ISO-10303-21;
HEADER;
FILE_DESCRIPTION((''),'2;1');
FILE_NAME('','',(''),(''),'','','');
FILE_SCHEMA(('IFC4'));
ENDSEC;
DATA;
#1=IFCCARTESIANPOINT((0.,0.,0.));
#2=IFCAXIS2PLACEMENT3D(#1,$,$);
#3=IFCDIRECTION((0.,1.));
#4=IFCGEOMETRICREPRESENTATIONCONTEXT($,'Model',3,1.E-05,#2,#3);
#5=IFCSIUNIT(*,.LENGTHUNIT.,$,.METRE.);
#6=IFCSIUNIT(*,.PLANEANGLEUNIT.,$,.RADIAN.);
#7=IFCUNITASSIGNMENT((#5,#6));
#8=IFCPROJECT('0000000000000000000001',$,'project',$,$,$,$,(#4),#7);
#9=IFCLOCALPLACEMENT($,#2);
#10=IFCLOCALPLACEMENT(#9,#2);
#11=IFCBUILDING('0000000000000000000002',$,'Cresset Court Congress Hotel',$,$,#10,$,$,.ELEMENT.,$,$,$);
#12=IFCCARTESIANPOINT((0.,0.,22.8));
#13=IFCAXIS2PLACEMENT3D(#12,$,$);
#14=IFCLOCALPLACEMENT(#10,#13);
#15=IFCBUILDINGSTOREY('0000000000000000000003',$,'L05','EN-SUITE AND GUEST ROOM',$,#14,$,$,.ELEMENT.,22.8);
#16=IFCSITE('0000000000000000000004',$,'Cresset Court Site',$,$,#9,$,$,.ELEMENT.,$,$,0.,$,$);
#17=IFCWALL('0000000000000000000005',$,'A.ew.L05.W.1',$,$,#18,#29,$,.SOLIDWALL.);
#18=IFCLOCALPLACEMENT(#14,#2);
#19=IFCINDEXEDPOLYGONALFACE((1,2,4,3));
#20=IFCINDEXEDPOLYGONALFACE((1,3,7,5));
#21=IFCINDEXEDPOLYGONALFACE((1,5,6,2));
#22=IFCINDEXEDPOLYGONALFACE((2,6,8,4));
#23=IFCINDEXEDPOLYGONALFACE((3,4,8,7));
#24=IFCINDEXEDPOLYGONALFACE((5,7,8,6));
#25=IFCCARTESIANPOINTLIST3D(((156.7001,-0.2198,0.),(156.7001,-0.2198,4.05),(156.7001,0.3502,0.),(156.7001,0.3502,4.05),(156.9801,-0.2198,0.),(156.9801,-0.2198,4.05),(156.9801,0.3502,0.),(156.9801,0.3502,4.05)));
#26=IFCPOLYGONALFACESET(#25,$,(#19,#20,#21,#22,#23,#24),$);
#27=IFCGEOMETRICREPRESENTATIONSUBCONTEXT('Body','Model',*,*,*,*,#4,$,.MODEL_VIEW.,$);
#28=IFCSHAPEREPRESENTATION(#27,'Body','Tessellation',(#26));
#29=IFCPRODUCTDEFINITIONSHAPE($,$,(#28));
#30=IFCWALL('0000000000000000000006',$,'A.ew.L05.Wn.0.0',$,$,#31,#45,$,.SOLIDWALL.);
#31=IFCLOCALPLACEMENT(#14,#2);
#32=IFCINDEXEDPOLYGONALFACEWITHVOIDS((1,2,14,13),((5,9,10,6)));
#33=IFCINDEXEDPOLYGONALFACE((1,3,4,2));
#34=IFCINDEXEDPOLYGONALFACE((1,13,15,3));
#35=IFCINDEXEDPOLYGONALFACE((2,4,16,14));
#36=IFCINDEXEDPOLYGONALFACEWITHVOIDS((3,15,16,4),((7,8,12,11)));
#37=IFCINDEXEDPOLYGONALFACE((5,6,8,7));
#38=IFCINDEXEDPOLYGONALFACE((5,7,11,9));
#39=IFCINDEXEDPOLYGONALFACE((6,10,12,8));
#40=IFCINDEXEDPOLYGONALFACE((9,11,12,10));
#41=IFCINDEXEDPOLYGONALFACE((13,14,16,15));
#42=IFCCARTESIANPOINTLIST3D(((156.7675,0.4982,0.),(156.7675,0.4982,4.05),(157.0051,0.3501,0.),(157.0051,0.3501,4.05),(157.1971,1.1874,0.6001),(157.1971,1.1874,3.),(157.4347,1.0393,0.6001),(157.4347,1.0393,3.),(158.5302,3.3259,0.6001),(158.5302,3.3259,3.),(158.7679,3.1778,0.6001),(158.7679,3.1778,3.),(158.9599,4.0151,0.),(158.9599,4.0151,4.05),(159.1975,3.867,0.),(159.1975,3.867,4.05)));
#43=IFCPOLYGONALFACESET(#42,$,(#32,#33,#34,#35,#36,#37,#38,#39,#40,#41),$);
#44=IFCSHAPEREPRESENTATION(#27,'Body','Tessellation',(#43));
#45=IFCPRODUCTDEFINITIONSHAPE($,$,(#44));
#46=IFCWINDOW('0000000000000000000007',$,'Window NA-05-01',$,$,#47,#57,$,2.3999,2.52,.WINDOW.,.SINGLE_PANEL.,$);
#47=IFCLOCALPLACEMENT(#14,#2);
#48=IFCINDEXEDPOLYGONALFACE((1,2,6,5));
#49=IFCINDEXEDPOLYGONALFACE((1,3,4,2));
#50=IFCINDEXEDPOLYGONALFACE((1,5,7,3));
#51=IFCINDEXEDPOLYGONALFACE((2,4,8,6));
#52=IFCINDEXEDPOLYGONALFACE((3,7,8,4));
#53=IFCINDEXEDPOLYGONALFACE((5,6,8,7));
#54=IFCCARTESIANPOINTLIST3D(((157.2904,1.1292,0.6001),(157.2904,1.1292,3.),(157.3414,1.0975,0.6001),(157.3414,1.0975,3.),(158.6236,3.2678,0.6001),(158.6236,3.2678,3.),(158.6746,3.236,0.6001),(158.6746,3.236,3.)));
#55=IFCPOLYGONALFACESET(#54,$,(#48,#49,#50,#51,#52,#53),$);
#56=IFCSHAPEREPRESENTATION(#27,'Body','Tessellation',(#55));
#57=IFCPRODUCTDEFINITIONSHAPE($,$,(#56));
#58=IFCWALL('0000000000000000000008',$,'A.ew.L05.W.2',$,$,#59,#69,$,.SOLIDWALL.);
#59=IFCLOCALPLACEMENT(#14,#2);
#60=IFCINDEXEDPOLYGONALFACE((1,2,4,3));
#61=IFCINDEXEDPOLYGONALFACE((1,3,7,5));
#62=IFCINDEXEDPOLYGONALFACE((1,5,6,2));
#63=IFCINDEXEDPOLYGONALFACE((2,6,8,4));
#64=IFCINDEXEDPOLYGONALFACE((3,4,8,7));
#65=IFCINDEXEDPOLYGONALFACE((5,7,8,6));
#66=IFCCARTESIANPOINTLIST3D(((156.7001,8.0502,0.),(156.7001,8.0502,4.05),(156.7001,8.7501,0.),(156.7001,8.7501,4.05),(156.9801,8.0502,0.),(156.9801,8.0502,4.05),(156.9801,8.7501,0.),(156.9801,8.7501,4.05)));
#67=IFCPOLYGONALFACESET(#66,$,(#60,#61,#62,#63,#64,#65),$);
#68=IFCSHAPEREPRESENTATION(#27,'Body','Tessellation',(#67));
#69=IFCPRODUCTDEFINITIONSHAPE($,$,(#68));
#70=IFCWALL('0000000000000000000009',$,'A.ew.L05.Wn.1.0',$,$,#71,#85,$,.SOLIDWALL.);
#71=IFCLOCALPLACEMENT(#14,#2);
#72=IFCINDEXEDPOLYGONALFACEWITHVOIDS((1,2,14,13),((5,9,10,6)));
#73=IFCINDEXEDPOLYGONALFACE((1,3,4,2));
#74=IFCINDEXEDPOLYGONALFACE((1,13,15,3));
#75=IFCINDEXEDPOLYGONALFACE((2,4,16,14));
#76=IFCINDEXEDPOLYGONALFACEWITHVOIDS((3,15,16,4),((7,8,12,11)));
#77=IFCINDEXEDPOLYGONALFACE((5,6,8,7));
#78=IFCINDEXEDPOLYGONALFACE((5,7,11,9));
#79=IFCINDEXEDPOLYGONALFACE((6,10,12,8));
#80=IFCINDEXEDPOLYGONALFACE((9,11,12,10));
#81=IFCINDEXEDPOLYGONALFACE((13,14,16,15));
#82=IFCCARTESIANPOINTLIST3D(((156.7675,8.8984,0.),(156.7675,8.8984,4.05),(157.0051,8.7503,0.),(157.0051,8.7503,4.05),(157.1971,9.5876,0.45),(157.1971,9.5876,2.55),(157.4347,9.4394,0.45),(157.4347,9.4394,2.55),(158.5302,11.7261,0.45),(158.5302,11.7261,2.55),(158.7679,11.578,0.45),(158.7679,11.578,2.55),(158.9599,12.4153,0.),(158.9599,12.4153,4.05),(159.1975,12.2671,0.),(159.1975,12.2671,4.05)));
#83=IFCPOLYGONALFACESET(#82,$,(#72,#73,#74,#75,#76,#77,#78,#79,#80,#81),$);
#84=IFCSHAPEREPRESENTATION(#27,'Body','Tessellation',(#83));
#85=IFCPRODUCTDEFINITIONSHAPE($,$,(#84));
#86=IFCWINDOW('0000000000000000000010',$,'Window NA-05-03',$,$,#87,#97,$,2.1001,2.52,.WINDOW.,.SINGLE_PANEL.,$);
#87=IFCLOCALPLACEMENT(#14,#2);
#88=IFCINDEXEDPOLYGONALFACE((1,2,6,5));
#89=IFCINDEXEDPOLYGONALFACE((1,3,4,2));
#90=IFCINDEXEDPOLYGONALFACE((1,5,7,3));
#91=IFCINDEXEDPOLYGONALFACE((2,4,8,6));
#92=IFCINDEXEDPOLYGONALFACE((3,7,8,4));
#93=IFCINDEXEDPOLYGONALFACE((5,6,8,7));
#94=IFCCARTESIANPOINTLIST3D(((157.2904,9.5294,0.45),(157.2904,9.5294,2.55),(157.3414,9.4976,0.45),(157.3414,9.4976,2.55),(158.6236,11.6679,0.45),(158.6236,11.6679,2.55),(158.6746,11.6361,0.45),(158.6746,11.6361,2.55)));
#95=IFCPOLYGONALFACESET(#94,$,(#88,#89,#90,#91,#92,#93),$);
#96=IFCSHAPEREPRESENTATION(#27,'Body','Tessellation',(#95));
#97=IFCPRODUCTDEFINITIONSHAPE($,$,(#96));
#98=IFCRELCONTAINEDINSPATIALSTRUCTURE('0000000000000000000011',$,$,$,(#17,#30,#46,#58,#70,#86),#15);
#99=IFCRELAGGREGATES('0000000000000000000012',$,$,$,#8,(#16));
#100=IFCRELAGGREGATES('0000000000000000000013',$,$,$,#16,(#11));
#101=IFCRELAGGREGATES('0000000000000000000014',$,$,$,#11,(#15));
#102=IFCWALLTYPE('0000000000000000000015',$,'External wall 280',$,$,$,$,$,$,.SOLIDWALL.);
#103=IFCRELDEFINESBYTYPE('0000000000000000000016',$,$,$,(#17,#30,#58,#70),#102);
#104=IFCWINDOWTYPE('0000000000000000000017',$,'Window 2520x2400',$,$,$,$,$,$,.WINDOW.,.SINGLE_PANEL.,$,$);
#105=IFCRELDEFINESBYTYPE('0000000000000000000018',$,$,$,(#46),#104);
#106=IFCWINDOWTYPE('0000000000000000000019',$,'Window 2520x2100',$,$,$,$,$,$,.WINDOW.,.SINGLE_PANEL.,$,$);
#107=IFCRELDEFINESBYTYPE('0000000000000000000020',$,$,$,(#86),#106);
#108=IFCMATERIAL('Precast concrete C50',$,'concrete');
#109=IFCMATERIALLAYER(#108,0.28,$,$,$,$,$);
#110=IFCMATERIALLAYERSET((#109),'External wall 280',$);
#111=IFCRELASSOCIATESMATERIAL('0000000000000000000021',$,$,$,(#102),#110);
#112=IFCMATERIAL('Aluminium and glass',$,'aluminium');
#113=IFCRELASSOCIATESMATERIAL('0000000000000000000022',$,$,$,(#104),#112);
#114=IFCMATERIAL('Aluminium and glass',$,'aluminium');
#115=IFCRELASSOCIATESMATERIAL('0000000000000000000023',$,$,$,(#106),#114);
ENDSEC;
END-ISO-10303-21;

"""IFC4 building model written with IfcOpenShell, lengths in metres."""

from ifc_helpers import new_model, si_unit, direction, frame, frame_2d, origin, place, context, subcontext, project, spatial, rectangle, extrude, material, layer, layer_set, type_object, element, fill, save


model = new_model("IFC4")

# Units and contexts
model_context = context("Model", 3, precision=1e-05, world=origin(), true_north=direction((0.0, 1.0)))
body_context = subcontext(model_context, "Body", "Model", "MODEL_VIEW")
ifc_project = project(units=[si_unit("LENGTHUNIT", "METRE"), si_unit("PLANEANGLEUNIT", "RADIAN")], contexts=[model_context])

# Site, building, storey
site_placement = place(None, origin())
site = spatial("IfcSite", under=ifc_project, at=site_placement, Name="Cresset Court Site", CompositionType="ELEMENT", RefElevation=0.0)
building_placement = place(site_placement, origin())
building = spatial("IfcBuilding", under=site, at=building_placement, Name="Cresset Court Congress Hotel", CompositionType="ELEMENT")
storey_placement = place(building_placement, frame((0.0, 0.0, 22.8)))
storey = spatial("IfcBuildingStorey", under=building, at=storey_placement, Name="L05", Description="EN-SUITE AND GUEST ROOM", CompositionType="ELEMENT", Elevation=22.8)

# Wall
ifc_material_1 = material(Name="Precast concrete C50", Category="concrete")
ifc_layer_1 = layer(ifc_material_1, 0.28)
ifc_layer_set_1 = layer_set([ifc_layer_1], Name="External wall 280")
wall_type_1 = type_object("IfcWallType", Name="External wall 280", PredefinedType="SOLIDWALL", material=ifc_layer_set_1)
wall_1_placement = place(storey_placement, frame((156.8401, -0.22, 0.0), z_axis=(0.0, 0.0, 1.0), x_axis=(0.0, 1.0, 0.0)))
element("IfcWall", 1, at=wall_1_placement, inside=storey, type_object=wall_type_1, Name="A.ew.L05.W.1", PredefinedType="SOLIDWALL", context=body_context, shape_type="SweptSolid", body=[
    extrude(rectangle(XDim=0.5701, YDim=0.28, at=frame_2d((0.2852, 0.0))), origin(), (0.0, 0.0, 1.0), 4.05),
])

# Wall, opening, window
wall_2_placement = place(storey_placement, frame((156.8862, 0.4241, 0.0), z_axis=(0.0, 0.0, 1.0), x_axis=(0.529019, 0.84861, 0.0)))
wall_2 = element("IfcWall", 2, at=wall_2_placement, inside=storey, type_object=wall_type_1, Name="A.ew.L05.Wn.0.0", PredefinedType="SOLIDWALL", context=body_context, shape_type="SweptSolid", body=[
    extrude(rectangle(XDim=4.1443, YDim=0.28, at=frame_2d((2.0723, 0.0))), origin(), (0.0, 0.0, 1.0), 4.05),
])
opening_1_placement = place(wall_2_placement, frame((0.8123, 0.0, 0.6001)))
opening_1 = element("IfcOpeningElement", 3, at=opening_1_placement, cuts=wall_2, PredefinedType="OPENING", context=body_context, shape_type="SweptSolid", body=[
    extrude(rectangle(XDim=2.52, YDim=2.3999, at=frame_2d((1.26, 1.2))), frame((0.0, 0.1499, 0.0), z_axis=(0.0, -1.0, 0.0), x_axis=(1.0, 0.0, 0.0)), (0.0, 0.0, 1.0), 0.3),
])
ifc_material_2 = material(Name="Aluminium and glass", Category="aluminium")
window_type_1 = type_object("IfcWindowType", Name="Window 2520x2400", PartitioningType="SINGLE_PANEL", PredefinedType="WINDOW", material=ifc_material_2)
window_1_placement = place(opening_1_placement, origin())
window_1 = element("IfcWindow", 4, at=window_1_placement, inside=storey, type_object=window_type_1, Name="Window NA-05-01", OverallHeight=2.3999, OverallWidth=2.52, PartitioningType="SINGLE_PANEL", PredefinedType="WINDOW", context=body_context, shape_type="SweptSolid", body=[
    extrude(rectangle(XDim=2.52, YDim=2.3999, at=frame_2d((1.26, 1.2))), frame((0.0, 0.03, 0.0), z_axis=(0.0, -1.0, 0.0), x_axis=(1.0, 0.0, 0.0)), (0.0, 0.0, 1.0), 0.0601),
])
fill(opening_1, window_1)

# Wall
wall_3_placement = place(storey_placement, frame((156.8401, 8.05, 0.0), z_axis=(0.0, 0.0, 1.0), x_axis=(0.0, 1.0, 0.0)))
element("IfcWall", 5, at=wall_3_placement, inside=storey, type_object=wall_type_1, Name="A.ew.L05.W.2", PredefinedType="SOLIDWALL", context=body_context, shape_type="SweptSolid", body=[
    extrude(rectangle(XDim=0.7, YDim=0.28, at=frame_2d((0.3501, 0.0))), origin(), (0.0, 0.0, 1.0), 4.05),
])

# Wall, opening, window
wall_4_placement = place(storey_placement, frame((156.8862, 8.8242, 0.0), z_axis=(0.0, 0.0, 1.0), x_axis=(0.529019, 0.84861, 0.0)))
wall_4 = element("IfcWall", 6, at=wall_4_placement, inside=storey, type_object=wall_type_1, Name="A.ew.L05.Wn.1.0", PredefinedType="SOLIDWALL", context=body_context, shape_type="SweptSolid", body=[
    extrude(rectangle(XDim=4.1443, YDim=0.28, at=frame_2d((2.0723, 0.0))), origin(), (0.0, 0.0, 1.0), 4.05),
])
opening_2_placement = place(wall_4_placement, frame((0.8123, 0.0, 0.45)))
opening_2 = element("IfcOpeningElement", 7, at=opening_2_placement, cuts=wall_4, PredefinedType="OPENING", context=body_context, shape_type="SweptSolid", body=[
    extrude(rectangle(XDim=2.52, YDim=2.1001, at=frame_2d((1.26, 1.05))), frame((0.0, 0.1499, 0.0), z_axis=(0.0, -1.0, 0.0), x_axis=(1.0, 0.0, 0.0)), (0.0, 0.0, 1.0), 0.3),
])
ifc_material_3 = material(Name="Aluminium and glass", Category="aluminium")
window_type_2 = type_object("IfcWindowType", Name="Window 2520x2100", PartitioningType="SINGLE_PANEL", PredefinedType="WINDOW", material=ifc_material_3)
window_2_placement = place(opening_2_placement, origin())
window_2 = element("IfcWindow", 8, at=window_2_placement, inside=storey, type_object=window_type_2, Name="Window NA-05-03", OverallHeight=2.1001, OverallWidth=2.52, PartitioningType="SINGLE_PANEL", PredefinedType="WINDOW", context=body_context, shape_type="SweptSolid", body=[
    extrude(rectangle(XDim=2.52, YDim=2.1001, at=frame_2d((1.26, 1.05))), frame((0.0, 0.03, 0.0), z_axis=(0.0, -1.0, 0.0), x_axis=(1.0, 0.0, 0.0)), (0.0, 0.0, 1.0), 0.0601),
])
fill(opening_2, window_2)

save(model, "model.ifc")
